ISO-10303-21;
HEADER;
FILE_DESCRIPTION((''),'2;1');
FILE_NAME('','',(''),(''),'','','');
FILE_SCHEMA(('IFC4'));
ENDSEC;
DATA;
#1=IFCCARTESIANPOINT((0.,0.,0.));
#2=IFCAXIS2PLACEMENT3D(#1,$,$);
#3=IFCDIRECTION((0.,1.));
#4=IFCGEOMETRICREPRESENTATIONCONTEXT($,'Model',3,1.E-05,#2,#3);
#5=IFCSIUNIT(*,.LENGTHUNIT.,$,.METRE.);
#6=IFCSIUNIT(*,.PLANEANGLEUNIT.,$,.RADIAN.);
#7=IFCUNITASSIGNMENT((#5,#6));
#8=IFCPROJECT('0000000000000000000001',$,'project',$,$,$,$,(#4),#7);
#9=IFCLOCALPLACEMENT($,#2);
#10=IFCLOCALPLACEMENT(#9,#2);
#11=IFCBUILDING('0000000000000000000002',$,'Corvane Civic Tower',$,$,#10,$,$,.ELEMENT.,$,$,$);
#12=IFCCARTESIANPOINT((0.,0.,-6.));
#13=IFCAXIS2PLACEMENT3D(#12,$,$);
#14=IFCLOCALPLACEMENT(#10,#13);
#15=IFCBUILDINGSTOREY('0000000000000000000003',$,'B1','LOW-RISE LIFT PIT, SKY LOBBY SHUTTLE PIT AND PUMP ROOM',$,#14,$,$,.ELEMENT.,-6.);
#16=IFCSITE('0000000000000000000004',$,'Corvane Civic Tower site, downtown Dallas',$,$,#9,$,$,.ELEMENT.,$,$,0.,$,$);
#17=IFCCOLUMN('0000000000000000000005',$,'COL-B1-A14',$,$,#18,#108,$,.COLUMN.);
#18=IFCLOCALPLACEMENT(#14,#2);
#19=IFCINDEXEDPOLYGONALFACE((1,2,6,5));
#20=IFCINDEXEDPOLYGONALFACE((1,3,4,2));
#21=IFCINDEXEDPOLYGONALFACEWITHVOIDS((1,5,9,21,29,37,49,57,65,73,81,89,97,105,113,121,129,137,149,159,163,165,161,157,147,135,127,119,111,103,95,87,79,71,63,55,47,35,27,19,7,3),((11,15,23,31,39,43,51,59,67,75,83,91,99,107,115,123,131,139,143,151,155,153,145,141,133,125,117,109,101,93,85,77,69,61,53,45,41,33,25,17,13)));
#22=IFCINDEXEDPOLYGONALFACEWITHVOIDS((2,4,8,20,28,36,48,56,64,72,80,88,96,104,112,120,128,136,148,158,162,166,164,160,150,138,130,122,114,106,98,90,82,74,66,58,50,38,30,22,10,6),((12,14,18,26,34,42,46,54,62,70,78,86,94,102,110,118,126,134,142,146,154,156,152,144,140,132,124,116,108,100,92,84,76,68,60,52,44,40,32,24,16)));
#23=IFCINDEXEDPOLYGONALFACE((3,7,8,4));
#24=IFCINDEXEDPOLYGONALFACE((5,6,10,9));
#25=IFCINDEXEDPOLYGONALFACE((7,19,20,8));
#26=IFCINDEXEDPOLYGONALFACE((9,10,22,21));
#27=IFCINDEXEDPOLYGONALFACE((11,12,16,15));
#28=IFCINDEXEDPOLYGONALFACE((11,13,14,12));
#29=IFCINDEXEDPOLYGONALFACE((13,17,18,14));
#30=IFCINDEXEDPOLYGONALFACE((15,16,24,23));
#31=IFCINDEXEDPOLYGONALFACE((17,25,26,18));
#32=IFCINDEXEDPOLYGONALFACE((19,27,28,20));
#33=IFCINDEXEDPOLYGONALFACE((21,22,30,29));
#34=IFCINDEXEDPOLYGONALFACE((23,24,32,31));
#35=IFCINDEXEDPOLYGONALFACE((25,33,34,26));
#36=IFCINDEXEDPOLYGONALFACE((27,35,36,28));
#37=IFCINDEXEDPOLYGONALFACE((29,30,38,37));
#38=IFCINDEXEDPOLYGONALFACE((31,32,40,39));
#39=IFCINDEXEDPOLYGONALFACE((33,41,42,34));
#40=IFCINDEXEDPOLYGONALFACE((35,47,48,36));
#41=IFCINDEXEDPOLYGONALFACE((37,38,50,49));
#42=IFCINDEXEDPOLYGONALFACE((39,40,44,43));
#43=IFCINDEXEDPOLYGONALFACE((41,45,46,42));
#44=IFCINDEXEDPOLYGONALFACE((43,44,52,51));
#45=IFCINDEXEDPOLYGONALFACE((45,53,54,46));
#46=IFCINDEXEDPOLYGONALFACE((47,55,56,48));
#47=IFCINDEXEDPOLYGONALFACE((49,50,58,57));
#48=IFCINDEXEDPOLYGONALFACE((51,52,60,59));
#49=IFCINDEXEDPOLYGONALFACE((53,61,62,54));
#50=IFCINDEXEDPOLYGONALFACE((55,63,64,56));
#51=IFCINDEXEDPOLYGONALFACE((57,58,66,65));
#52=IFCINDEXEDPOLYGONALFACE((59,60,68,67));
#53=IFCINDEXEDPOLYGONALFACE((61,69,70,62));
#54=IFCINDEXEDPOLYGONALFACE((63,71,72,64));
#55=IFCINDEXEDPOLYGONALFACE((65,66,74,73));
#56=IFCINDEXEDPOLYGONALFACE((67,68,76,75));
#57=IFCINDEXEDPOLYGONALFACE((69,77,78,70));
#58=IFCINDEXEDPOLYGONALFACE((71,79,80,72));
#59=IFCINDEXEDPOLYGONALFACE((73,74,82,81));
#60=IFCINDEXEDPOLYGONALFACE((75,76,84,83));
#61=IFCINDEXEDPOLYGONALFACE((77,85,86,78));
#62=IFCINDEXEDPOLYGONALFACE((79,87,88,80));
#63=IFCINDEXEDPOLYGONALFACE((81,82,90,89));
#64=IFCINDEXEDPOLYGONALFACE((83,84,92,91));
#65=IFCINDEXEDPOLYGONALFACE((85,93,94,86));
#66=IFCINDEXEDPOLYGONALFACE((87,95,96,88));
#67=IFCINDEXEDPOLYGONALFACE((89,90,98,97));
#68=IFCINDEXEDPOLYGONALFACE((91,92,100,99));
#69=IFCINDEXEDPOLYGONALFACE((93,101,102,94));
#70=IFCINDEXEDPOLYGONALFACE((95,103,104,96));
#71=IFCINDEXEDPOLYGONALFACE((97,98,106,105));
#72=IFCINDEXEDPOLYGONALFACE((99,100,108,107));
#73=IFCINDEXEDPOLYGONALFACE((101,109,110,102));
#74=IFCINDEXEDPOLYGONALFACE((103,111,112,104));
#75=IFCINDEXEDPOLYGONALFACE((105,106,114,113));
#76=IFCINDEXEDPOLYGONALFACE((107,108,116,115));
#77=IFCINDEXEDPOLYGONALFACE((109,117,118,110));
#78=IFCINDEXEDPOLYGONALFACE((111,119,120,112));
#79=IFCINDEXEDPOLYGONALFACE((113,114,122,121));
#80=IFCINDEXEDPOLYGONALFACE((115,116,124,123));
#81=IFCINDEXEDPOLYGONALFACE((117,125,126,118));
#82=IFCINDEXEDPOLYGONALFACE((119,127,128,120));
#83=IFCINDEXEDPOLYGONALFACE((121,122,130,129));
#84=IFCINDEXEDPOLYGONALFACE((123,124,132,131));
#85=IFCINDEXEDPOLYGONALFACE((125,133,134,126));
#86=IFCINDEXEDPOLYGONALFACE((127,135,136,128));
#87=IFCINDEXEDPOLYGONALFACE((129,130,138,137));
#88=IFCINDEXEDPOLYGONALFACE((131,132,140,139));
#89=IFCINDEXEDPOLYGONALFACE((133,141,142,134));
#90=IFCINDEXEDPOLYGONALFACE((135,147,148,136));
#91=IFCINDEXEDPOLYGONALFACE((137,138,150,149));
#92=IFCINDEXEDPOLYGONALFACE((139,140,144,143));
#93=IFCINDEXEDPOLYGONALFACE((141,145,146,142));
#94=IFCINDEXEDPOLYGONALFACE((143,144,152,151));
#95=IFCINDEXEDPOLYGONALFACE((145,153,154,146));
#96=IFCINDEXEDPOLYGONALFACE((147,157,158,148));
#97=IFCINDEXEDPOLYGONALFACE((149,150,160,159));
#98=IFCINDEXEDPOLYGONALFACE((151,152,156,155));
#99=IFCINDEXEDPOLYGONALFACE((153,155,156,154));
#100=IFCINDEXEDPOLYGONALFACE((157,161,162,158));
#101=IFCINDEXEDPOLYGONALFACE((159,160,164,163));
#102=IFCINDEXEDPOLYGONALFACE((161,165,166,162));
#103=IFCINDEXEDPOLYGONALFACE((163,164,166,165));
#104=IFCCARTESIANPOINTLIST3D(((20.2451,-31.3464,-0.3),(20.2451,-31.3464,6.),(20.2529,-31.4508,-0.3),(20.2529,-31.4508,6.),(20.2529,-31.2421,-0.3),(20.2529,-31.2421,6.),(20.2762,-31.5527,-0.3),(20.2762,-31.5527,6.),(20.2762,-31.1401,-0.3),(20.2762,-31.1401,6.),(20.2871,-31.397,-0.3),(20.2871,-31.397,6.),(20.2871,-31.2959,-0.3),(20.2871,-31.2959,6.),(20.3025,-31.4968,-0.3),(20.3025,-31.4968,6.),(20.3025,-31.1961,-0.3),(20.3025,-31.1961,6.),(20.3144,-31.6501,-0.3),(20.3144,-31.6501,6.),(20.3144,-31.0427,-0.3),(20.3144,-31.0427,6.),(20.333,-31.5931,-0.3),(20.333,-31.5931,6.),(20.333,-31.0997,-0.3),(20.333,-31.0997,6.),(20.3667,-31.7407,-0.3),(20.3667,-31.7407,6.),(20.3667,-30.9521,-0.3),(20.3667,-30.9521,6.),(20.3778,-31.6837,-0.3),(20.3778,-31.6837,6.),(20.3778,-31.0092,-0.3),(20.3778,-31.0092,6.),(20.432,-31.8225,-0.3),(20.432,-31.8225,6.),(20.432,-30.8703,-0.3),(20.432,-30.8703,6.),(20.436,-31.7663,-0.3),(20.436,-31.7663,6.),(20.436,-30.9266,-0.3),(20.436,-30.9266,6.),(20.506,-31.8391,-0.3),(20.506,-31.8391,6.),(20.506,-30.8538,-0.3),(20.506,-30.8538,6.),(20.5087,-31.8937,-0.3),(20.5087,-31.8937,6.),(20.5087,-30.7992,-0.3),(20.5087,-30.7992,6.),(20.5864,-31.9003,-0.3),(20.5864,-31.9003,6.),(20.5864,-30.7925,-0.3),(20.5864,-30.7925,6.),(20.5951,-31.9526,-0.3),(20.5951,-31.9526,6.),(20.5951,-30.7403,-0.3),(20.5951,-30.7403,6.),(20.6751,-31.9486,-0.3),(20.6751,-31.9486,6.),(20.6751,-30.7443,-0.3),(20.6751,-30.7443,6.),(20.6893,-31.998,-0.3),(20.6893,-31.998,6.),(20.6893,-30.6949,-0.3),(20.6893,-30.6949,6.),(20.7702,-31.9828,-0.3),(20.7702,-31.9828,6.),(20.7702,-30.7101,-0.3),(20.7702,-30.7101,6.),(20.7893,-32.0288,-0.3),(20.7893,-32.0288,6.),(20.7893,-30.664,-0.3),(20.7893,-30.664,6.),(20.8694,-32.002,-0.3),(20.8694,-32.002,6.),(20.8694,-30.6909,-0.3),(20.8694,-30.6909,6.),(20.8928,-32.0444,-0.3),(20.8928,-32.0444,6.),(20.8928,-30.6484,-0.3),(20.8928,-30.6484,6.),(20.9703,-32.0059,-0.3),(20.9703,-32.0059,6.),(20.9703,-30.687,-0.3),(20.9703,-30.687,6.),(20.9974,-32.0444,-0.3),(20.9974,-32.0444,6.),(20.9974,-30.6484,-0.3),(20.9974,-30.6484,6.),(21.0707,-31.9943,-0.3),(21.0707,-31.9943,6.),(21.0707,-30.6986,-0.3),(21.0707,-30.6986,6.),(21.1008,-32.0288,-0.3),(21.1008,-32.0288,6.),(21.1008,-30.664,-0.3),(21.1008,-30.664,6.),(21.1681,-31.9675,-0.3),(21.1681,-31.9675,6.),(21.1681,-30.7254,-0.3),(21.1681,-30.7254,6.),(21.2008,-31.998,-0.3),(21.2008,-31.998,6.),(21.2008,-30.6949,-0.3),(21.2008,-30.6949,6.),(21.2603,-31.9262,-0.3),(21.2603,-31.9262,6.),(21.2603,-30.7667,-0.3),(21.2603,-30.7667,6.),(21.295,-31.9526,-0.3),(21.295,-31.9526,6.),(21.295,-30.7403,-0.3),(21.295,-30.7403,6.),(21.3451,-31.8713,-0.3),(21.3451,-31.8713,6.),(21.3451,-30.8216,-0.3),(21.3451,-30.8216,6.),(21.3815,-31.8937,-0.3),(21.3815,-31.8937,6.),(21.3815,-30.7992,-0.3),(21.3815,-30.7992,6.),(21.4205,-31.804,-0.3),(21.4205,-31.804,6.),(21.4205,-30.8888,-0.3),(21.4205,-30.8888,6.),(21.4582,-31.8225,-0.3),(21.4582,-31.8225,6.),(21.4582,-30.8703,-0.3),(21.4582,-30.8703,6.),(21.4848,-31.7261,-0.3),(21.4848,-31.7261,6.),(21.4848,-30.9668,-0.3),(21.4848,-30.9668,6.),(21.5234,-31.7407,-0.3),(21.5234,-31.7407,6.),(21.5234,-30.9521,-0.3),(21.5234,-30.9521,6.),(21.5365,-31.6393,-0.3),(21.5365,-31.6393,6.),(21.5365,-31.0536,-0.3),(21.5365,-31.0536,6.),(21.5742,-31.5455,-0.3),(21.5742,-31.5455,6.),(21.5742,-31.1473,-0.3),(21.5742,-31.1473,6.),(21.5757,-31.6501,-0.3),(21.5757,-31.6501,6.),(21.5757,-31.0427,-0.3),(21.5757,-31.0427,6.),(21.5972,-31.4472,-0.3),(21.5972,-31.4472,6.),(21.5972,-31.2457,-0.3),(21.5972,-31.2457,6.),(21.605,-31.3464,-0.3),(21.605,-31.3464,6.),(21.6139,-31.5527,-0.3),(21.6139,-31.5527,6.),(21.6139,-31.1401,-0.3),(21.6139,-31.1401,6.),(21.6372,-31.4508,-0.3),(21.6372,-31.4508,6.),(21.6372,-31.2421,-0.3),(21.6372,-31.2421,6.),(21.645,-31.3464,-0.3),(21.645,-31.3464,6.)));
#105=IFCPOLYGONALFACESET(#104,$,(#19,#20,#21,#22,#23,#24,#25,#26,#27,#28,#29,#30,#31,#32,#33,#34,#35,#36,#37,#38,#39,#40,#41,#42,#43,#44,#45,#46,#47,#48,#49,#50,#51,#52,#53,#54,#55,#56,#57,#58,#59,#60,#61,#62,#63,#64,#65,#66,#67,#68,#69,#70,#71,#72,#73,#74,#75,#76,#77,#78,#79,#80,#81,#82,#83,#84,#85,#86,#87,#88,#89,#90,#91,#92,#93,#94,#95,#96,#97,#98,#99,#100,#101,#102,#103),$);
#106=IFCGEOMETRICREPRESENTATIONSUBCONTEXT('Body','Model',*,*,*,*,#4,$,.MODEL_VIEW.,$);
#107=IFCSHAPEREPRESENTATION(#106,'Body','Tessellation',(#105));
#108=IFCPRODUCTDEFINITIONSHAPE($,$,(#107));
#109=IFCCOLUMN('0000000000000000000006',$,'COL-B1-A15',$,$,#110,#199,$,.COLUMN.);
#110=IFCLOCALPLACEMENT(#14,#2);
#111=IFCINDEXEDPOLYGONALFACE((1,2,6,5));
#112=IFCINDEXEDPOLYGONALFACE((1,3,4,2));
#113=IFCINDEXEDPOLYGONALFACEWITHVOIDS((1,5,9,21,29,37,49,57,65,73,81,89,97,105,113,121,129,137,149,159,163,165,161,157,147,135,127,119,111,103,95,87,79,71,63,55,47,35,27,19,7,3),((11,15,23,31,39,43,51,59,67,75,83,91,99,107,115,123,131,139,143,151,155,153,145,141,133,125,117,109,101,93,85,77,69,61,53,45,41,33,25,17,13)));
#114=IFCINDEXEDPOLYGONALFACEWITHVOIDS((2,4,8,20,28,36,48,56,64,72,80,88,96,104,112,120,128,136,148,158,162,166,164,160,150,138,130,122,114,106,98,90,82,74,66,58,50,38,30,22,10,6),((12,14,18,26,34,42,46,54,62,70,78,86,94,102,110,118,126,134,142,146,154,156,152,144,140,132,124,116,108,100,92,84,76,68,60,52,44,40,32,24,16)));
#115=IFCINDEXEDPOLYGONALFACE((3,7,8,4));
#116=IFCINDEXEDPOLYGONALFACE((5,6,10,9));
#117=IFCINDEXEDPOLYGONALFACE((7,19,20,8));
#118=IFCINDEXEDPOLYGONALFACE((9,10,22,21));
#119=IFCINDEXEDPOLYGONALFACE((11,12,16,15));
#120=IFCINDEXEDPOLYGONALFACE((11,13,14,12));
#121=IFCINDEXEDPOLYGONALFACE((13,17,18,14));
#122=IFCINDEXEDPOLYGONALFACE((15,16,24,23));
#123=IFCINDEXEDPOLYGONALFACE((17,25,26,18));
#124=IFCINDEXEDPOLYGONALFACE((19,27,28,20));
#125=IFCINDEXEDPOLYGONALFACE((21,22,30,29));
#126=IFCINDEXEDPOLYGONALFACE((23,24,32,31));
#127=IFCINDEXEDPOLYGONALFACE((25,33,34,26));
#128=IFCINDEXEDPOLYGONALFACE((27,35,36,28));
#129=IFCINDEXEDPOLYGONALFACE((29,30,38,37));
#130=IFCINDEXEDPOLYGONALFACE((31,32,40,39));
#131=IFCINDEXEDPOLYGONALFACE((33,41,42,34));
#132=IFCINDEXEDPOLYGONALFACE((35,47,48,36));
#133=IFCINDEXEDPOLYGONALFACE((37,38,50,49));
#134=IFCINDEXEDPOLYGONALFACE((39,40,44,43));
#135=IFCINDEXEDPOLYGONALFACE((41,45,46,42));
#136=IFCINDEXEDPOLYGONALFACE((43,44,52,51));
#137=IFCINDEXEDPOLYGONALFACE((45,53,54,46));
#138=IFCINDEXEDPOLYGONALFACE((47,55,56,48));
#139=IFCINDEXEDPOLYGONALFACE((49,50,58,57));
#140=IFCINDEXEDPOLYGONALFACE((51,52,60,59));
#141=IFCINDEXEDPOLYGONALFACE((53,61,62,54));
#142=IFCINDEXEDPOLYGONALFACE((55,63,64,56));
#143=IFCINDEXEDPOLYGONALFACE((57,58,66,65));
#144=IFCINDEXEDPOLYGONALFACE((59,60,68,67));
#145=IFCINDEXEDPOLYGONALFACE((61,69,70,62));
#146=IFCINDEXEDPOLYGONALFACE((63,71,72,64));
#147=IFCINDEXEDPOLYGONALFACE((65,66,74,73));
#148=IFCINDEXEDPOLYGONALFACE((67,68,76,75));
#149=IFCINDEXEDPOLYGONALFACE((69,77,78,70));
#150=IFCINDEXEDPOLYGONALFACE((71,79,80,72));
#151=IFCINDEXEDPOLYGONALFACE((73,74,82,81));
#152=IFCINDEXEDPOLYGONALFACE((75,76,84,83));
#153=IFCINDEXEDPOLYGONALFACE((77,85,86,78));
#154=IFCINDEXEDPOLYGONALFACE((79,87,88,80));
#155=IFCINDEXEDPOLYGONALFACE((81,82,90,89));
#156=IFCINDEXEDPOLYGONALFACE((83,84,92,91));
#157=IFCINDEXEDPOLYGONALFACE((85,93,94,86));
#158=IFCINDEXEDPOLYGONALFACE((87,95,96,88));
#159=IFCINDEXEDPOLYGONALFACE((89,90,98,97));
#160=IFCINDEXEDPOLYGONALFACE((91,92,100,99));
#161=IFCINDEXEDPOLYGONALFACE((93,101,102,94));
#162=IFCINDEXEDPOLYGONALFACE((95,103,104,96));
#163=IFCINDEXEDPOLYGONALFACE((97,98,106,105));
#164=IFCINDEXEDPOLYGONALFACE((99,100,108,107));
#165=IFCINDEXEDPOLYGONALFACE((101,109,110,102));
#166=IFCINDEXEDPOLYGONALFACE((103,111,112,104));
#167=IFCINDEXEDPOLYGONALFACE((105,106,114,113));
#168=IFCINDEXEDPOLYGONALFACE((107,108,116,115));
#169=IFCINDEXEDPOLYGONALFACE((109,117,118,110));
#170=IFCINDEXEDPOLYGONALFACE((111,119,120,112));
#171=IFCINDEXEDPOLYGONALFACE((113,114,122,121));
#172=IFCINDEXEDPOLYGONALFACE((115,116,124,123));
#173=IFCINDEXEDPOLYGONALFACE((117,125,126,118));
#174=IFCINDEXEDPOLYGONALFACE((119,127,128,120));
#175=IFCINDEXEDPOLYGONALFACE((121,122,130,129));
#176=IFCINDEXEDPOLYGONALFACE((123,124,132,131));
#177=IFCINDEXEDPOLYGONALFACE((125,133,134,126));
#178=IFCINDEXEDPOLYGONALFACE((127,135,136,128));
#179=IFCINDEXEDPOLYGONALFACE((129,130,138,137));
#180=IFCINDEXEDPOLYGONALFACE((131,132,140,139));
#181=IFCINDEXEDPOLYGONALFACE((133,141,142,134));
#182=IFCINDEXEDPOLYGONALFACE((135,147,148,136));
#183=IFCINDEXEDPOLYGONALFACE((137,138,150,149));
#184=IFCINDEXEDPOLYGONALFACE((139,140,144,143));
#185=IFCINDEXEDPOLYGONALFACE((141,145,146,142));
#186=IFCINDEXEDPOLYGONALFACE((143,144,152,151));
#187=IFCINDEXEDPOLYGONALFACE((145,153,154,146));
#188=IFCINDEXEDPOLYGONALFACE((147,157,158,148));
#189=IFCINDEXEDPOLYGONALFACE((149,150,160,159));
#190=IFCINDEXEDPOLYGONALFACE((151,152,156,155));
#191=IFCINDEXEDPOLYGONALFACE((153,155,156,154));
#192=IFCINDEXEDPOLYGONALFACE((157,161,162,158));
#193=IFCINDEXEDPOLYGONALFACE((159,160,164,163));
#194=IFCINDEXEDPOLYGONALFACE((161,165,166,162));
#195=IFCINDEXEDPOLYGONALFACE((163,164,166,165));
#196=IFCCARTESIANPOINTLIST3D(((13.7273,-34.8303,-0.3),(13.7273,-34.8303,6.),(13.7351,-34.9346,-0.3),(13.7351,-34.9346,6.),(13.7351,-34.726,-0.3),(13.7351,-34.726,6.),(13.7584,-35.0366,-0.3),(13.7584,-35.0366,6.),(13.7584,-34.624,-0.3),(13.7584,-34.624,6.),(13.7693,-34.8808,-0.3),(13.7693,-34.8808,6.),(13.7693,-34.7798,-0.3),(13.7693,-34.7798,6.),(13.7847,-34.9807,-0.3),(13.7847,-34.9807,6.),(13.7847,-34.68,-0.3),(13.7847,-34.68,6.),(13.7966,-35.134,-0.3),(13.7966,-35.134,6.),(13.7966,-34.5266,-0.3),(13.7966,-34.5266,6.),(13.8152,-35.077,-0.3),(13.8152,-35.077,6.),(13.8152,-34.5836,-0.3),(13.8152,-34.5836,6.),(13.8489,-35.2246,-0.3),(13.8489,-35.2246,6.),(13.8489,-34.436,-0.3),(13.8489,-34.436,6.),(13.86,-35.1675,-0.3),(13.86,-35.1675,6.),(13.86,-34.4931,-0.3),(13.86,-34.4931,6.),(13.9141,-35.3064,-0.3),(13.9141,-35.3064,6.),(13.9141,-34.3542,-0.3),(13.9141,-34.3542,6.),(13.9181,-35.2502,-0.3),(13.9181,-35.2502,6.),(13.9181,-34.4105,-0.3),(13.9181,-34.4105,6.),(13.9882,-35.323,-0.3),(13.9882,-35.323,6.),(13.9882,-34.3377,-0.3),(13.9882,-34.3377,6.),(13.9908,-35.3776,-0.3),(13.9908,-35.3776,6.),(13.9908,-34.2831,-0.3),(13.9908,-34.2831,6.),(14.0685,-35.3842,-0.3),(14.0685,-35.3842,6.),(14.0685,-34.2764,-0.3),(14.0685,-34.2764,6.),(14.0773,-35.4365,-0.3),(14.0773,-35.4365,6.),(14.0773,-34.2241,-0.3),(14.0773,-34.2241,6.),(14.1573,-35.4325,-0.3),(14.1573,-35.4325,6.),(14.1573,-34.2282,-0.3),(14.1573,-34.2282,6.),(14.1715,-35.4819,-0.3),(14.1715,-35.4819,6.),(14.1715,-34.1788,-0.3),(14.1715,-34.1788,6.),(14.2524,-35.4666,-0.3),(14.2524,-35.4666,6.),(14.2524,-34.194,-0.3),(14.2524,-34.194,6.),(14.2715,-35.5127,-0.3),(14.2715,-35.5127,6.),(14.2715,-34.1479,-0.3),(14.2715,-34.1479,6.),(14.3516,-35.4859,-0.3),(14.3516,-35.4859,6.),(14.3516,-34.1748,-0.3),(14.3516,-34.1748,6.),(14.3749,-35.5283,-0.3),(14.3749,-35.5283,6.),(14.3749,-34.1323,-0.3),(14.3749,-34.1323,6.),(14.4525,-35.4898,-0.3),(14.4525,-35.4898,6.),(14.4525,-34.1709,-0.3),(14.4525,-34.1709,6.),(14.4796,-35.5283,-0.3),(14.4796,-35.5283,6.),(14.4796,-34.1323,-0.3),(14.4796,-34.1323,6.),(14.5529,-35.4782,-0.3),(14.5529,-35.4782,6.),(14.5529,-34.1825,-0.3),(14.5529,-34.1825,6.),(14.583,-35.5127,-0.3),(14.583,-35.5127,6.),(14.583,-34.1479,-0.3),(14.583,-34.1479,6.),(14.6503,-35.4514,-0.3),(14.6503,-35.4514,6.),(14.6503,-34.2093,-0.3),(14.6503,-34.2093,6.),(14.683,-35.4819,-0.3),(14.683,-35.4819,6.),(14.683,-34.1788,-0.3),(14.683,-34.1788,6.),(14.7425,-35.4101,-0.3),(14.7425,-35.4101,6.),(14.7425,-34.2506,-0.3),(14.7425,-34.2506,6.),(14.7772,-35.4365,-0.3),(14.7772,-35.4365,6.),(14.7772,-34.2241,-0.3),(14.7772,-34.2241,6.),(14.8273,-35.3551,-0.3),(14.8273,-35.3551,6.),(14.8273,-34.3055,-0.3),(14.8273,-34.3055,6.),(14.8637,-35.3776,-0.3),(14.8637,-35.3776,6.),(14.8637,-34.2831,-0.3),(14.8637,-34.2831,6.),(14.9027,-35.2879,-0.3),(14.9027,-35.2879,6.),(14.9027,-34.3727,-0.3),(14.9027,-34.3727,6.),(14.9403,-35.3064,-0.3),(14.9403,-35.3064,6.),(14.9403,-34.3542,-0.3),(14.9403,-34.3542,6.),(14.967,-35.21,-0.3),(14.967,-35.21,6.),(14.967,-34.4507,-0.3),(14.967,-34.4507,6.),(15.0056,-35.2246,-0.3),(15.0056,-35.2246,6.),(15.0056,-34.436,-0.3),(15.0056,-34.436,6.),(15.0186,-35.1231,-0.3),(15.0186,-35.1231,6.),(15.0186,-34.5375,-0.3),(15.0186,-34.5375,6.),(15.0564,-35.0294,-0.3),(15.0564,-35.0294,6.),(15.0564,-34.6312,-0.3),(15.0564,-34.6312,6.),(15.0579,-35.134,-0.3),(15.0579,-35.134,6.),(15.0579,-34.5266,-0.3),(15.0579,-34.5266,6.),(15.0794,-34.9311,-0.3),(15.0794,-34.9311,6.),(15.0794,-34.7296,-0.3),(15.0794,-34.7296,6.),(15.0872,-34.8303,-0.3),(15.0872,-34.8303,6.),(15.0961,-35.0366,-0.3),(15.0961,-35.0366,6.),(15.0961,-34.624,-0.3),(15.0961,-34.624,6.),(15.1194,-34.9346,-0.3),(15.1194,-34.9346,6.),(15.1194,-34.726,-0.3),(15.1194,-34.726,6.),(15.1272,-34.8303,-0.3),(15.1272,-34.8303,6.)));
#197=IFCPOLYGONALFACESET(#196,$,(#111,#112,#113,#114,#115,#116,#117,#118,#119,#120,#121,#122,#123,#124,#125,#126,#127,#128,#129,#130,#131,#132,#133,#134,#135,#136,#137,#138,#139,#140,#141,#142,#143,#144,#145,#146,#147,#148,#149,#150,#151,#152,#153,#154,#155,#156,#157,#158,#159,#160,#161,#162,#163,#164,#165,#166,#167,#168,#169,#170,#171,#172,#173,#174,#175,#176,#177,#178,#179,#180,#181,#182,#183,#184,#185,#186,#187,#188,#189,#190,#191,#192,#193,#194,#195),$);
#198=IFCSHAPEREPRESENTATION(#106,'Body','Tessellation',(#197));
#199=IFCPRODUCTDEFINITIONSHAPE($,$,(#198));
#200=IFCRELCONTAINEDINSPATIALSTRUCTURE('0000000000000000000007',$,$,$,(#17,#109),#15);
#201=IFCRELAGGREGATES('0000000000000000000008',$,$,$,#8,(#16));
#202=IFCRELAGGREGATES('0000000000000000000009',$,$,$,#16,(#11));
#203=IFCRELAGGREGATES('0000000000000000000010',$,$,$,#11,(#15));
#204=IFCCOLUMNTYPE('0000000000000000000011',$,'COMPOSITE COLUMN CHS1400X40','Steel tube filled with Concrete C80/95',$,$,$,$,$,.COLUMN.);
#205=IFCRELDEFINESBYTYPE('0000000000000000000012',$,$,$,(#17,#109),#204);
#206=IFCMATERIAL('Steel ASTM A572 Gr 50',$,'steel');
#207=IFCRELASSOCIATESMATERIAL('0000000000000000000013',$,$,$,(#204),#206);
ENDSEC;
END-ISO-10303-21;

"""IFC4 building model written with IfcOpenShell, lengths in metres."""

from ifc_helpers import new_model, si_unit, direction, frame, origin, origin_2d, place, context, subcontext, project, spatial, hollow_circle, extrude, material, material_profile, profile_set, type_object, element, save


model = new_model("IFC4")

# Units and contexts
model_context = context("Model", 3, precision=1e-05, world=origin(), true_north=direction((0.0, 1.0)))
body_context = subcontext(model_context, "Body", "Model", "MODEL_VIEW")
ifc_project = project(units=[si_unit("LENGTHUNIT", "METRE"), si_unit("PLANEANGLEUNIT", "RADIAN")], contexts=[model_context])

# Site, building, storey
site_placement = place(None, origin())
site = spatial("IfcSite", under=ifc_project, at=site_placement, Name="Corvane Civic Tower site, downtown Dallas", CompositionType="ELEMENT", RefElevation=0.0)
building_placement = place(site_placement, origin())
building = spatial("IfcBuilding", under=site, at=building_placement, Name="Corvane Civic Tower", CompositionType="ELEMENT")
storey_placement = place(building_placement, frame((0.0, 0.0, -6.0)))
storey = spatial("IfcBuildingStorey", under=building, at=storey_placement, Name="B1", Description="LOW-RISE LIFT PIT, SKY LOBBY SHUTTLE PIT AND PUMP ROOM", CompositionType="ELEMENT", Elevation=-6.0)

# Columns
ifc_material_1 = material(Name="Steel ASTM A572 Gr 50", Category="steel")
ifc_material_profile_1 = material_profile(ifc_material_1, hollow_circle(Radius=0.7, WallThickness=0.04, at=origin_2d()), Name="CHS1400X40")
ifc_profile_set_1 = profile_set([ifc_material_profile_1], Name="Steel ASTM A572 Gr 50")
column_type_1 = type_object("IfcColumnType", Name="COMPOSITE COLUMN CHS1400X40", Description="Steel tube filled with Concrete C80/95", PredefinedType="COLUMN", material=ifc_profile_set_1)
for number, where, z_axis, x_axis, name in (
    (1, (20.9451, -31.3464, -0.3), (0.0, 0.0, 1.0), (1.0, 0.0, 0.0), "COL-B1-A14"),
    (2, (14.4272, -34.8303, -0.3), (0.0, 0.0, 1.0), (1.0, 0.0, 0.0), "COL-B1-A15"),
):
    element("IfcColumn", number, at=place(storey_placement, frame(where, z_axis=z_axis, x_axis=x_axis)), inside=storey, type_object=column_type_1, Name=name, PredefinedType="COLUMN", context=body_context, shape_type="SweptSolid", body=[
        extrude(hollow_circle(Radius=0.7, WallThickness=0.04, at=origin_2d()), origin(), (0.0, 0.0, 1.0), 6.3),
    ])

save(model, "model.ifc")
